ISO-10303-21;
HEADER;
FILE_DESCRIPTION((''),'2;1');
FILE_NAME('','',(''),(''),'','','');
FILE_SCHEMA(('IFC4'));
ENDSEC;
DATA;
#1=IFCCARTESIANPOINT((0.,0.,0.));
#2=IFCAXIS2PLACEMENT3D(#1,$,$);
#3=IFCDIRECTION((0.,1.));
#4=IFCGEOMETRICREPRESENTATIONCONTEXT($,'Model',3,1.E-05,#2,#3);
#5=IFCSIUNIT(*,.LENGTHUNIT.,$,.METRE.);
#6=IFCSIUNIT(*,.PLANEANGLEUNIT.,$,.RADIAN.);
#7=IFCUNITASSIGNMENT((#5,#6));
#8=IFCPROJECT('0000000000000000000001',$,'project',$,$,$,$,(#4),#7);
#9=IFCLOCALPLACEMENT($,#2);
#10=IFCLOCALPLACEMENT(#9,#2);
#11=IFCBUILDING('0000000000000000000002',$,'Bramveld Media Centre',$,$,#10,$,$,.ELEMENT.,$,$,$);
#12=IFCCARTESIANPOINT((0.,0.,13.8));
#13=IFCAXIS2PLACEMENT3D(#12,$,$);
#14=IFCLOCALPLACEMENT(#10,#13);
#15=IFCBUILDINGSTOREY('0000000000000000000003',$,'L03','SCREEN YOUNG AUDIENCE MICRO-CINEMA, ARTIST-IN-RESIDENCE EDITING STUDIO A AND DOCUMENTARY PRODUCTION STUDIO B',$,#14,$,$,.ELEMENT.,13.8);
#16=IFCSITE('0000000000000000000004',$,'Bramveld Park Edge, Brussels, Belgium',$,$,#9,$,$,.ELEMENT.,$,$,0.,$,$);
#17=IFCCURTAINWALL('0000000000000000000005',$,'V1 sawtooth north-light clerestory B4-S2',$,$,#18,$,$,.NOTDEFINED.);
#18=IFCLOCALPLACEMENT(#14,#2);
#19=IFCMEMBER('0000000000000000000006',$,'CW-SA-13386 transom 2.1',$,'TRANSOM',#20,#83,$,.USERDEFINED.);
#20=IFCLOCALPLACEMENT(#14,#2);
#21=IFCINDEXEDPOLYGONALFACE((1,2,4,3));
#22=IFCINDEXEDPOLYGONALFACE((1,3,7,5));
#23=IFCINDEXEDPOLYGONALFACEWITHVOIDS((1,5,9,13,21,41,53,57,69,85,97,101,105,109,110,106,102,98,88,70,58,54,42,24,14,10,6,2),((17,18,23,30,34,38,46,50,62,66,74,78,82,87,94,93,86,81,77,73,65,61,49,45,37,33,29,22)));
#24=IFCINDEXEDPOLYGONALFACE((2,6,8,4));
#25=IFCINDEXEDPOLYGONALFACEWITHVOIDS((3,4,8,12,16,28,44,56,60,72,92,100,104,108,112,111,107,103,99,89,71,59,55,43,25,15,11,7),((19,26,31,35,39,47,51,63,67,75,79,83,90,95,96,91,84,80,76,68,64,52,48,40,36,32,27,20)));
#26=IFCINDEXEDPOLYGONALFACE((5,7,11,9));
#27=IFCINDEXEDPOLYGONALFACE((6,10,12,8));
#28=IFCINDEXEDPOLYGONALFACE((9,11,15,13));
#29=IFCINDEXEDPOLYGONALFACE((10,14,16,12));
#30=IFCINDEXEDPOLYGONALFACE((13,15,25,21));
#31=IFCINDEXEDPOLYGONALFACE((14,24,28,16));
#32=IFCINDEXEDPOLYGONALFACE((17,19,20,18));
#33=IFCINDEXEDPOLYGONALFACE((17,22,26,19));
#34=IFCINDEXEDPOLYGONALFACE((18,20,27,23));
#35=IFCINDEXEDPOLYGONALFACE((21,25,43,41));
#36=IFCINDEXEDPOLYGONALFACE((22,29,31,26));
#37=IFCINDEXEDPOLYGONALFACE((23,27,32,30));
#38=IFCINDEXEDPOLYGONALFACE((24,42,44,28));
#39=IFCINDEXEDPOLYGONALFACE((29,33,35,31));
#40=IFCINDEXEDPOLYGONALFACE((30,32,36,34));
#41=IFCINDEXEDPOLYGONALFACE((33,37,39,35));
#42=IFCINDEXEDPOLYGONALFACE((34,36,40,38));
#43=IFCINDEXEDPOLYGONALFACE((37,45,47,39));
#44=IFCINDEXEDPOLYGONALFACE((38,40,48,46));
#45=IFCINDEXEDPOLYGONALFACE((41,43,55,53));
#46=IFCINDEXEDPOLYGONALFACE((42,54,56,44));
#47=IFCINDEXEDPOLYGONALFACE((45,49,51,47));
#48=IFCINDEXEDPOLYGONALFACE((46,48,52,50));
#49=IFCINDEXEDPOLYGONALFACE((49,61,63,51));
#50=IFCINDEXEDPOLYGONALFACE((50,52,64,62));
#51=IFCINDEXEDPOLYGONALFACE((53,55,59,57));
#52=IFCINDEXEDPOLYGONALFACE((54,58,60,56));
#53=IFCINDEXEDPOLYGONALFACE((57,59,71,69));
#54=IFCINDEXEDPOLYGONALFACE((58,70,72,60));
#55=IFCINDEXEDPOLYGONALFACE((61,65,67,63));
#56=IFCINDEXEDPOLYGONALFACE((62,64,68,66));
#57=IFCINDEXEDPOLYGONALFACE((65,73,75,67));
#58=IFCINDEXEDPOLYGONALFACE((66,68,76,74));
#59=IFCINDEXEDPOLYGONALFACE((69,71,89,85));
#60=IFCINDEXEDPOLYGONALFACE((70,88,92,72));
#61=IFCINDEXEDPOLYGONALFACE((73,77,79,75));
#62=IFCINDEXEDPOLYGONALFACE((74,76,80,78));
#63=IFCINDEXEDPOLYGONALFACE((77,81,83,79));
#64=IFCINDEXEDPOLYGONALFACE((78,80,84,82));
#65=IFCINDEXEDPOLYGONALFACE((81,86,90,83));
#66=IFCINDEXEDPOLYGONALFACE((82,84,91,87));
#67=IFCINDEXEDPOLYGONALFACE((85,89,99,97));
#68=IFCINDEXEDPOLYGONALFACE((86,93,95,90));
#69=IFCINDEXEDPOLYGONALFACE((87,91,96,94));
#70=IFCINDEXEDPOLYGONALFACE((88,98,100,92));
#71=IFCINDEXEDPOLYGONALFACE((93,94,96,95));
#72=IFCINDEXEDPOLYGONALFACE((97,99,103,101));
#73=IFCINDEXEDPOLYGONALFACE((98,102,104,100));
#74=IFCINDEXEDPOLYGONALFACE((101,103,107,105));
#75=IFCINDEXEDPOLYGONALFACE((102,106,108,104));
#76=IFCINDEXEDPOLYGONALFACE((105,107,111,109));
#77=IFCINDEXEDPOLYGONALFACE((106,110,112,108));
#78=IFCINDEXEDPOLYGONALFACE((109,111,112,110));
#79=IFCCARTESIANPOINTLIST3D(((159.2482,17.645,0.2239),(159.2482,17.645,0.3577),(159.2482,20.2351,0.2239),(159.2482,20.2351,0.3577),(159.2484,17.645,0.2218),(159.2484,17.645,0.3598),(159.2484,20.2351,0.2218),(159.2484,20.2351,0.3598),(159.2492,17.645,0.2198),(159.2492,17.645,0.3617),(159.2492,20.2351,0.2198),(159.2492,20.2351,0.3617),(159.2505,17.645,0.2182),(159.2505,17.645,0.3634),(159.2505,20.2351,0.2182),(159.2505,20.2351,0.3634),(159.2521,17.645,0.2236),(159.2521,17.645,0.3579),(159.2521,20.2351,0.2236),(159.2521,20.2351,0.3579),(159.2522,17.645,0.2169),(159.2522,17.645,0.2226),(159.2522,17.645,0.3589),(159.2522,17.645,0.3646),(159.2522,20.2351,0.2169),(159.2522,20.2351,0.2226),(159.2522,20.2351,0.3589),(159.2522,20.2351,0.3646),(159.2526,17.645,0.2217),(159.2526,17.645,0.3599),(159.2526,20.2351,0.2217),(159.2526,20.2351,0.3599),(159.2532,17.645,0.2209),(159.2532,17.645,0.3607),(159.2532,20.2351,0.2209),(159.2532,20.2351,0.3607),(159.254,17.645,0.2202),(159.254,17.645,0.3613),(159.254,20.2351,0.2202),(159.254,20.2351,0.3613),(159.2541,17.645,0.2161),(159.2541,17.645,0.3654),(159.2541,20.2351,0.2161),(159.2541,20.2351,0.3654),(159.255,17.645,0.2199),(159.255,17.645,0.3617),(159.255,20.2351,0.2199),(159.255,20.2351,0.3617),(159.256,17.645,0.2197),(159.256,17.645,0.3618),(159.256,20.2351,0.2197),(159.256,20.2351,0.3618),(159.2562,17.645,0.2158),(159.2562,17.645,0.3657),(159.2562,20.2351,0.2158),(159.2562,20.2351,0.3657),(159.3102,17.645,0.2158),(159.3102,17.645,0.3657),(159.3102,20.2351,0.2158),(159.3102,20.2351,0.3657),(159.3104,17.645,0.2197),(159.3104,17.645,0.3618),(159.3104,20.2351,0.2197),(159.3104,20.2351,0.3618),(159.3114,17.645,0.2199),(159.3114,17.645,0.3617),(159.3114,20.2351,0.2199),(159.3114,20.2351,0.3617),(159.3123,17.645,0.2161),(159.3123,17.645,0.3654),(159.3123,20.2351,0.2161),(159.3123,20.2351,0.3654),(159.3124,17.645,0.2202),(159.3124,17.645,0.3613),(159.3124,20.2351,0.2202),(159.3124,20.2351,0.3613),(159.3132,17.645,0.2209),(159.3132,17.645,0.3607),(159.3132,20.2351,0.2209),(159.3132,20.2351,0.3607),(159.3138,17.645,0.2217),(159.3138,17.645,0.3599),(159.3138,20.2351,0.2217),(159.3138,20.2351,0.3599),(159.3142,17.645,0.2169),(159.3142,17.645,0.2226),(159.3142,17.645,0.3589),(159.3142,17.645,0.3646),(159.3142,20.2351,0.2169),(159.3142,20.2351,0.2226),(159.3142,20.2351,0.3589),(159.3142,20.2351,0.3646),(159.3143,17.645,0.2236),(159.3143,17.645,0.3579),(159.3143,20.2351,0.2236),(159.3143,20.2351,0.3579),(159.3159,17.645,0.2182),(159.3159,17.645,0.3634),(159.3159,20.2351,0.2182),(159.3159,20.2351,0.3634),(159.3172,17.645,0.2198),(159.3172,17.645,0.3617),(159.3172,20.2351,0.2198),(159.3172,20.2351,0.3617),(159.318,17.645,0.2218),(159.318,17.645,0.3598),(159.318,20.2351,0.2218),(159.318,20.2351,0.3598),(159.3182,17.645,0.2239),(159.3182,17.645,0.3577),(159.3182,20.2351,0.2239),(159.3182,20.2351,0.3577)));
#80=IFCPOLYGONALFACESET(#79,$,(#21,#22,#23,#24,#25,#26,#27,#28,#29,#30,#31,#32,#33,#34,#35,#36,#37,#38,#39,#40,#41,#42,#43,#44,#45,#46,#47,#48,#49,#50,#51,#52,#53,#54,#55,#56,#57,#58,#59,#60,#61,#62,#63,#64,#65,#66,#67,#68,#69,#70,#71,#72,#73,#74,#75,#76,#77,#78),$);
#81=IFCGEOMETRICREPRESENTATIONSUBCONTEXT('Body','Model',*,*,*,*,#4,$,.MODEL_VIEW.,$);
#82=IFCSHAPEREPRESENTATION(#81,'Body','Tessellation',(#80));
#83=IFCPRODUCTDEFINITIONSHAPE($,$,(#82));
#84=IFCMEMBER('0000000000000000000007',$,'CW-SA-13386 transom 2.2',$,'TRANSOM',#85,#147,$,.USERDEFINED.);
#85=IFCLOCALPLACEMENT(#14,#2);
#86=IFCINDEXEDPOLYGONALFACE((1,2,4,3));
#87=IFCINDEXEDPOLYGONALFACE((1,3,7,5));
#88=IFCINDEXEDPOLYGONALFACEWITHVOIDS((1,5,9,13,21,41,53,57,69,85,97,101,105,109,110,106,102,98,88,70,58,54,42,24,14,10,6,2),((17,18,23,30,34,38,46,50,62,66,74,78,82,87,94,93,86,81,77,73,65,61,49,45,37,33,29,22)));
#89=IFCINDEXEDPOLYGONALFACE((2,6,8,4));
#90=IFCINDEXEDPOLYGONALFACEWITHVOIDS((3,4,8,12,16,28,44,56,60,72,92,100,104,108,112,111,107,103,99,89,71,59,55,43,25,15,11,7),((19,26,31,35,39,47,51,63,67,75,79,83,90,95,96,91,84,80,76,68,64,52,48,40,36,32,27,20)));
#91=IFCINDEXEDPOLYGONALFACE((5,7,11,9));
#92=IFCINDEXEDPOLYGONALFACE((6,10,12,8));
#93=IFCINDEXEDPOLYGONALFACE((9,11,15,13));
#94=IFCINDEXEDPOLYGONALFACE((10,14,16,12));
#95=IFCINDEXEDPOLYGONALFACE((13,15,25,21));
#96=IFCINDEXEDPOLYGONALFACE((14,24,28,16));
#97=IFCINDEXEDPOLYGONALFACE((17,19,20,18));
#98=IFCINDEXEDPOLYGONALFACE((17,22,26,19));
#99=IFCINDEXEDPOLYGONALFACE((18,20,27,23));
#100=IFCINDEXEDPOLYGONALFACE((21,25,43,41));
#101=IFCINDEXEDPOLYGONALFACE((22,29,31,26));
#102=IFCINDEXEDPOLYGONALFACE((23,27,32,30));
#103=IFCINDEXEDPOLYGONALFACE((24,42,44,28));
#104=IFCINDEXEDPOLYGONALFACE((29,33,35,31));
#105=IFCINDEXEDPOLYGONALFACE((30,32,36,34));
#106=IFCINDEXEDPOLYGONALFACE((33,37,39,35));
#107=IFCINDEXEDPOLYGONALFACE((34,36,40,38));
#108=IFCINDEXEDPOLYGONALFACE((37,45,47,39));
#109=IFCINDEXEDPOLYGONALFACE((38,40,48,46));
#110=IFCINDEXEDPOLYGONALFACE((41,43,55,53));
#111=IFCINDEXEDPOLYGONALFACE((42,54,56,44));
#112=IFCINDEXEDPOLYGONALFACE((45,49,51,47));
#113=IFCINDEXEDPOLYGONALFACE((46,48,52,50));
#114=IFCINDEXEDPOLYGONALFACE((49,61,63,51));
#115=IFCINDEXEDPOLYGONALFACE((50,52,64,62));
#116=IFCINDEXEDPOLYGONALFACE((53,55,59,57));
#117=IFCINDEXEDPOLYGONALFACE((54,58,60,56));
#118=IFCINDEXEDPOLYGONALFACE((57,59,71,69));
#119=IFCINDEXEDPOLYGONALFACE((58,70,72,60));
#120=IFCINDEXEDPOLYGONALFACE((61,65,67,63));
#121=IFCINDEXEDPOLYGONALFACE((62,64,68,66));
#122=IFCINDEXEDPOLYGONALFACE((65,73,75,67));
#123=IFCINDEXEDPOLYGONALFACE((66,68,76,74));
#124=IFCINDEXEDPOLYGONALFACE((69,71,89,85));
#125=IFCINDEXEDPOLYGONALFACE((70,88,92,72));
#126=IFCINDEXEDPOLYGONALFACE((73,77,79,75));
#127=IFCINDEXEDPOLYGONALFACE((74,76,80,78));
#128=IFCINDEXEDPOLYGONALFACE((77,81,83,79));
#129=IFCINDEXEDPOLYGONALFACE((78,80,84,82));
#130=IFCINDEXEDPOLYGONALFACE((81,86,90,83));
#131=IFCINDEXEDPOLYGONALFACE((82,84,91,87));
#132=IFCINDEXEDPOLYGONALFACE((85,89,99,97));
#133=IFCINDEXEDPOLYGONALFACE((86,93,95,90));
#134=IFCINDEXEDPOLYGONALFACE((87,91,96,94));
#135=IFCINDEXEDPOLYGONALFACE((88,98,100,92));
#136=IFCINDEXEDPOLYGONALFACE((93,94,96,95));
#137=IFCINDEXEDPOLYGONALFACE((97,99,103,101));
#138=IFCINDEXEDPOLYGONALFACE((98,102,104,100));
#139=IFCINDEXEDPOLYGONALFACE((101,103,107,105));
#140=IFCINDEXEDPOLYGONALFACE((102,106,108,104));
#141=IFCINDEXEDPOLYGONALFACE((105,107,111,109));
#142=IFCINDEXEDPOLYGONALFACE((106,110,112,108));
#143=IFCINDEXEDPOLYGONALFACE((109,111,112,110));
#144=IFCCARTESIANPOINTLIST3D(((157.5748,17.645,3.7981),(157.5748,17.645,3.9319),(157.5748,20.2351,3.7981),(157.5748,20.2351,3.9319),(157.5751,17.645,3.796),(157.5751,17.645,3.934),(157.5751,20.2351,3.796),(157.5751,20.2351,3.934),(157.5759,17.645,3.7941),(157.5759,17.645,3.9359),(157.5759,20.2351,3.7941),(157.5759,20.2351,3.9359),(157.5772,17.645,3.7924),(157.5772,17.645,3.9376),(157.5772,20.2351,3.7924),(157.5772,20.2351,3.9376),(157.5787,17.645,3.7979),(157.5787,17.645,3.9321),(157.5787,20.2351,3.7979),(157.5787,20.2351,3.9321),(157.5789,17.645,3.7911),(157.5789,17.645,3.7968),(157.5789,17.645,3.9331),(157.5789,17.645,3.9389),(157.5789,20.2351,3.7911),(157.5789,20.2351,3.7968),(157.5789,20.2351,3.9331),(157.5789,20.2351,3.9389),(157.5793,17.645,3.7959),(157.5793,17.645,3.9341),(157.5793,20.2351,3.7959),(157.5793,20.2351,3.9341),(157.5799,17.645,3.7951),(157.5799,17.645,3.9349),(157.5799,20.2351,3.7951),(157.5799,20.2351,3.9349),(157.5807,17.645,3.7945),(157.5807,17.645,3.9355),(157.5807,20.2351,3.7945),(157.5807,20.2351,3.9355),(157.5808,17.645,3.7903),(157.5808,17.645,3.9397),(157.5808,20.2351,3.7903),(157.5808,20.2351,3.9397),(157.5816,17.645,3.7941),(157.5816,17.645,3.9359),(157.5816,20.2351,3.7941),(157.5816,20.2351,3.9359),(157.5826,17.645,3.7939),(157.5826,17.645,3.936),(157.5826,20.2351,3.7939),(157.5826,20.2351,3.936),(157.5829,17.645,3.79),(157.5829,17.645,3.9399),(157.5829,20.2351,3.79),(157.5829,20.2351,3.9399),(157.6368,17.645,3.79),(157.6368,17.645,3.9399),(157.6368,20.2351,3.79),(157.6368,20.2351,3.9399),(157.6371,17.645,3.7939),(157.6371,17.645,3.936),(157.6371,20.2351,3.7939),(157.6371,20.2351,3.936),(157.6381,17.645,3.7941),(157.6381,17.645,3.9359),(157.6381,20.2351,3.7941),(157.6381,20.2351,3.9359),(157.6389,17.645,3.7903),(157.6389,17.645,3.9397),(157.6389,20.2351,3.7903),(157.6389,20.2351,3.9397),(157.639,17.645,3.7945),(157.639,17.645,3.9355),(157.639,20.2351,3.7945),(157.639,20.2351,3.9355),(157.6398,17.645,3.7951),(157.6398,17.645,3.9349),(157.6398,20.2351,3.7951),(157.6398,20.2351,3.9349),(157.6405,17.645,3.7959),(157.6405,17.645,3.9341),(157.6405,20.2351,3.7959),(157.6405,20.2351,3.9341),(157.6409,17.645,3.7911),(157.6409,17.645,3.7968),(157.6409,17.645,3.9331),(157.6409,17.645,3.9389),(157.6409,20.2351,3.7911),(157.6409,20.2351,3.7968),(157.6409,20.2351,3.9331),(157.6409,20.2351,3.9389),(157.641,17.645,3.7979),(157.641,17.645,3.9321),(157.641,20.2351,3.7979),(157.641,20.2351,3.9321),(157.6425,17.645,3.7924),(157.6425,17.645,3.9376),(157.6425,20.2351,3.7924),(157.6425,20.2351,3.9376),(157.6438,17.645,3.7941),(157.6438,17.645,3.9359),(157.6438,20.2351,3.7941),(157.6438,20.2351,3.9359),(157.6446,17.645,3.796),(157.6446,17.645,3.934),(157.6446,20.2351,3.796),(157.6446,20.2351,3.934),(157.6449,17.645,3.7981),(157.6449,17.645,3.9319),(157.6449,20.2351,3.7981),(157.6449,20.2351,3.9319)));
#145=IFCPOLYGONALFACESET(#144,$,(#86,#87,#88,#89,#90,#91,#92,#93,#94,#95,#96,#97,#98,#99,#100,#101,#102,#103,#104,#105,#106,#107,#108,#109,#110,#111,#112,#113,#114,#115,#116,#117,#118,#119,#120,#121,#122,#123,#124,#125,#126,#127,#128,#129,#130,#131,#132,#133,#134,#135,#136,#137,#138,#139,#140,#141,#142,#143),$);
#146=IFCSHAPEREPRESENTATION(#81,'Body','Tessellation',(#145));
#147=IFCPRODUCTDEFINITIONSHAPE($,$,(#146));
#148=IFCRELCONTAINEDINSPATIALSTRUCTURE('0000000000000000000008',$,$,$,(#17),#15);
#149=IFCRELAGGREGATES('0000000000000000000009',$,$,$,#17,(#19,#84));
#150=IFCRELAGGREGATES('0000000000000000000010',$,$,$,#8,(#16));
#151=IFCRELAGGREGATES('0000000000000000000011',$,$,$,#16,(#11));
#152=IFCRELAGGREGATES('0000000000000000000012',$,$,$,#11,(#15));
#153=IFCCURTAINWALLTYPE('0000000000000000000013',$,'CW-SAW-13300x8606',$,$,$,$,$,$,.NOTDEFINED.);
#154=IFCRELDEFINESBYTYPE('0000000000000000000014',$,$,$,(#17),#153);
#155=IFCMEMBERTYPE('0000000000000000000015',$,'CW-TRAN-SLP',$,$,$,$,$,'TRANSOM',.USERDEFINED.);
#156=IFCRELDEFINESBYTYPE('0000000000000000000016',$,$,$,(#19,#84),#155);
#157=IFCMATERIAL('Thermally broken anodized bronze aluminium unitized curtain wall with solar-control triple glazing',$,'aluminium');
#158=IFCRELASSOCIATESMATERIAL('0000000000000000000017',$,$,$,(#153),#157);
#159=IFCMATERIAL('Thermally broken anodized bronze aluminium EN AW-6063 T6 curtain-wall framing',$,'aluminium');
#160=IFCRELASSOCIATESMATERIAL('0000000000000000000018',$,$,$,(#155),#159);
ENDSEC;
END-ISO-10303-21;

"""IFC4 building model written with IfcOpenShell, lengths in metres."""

from ifc_helpers import new_model, si_unit, direction, frame, origin, origin_2d, place, context, subcontext, project, spatial, hollow_rectangle, extrude, material, material_profile, profile_set, type_object, element, aggregate, save


model = new_model("IFC4")

# Units and contexts
model_context = context("Model", 3, precision=1e-05, world=origin(), true_north=direction((0.0, 1.0)))
body_context = subcontext(model_context, "Body", "Model", "MODEL_VIEW")
ifc_project = project(units=[si_unit("LENGTHUNIT", "METRE"), si_unit("PLANEANGLEUNIT", "RADIAN")], contexts=[model_context])

# Site, building, storey
site_placement = place(None, origin())
site = spatial("IfcSite", under=ifc_project, at=site_placement, Name="Bramveld Park Edge, Brussels, Belgium", CompositionType="ELEMENT", RefElevation=0.0)
building_placement = place(site_placement, origin())
building = spatial("IfcBuilding", under=site, at=building_placement, Name="Bramveld Media Centre", CompositionType="ELEMENT")
storey_placement = place(building_placement, frame((0.0, 0.0, 13.8)))
storey = spatial("IfcBuildingStorey", under=building, at=storey_placement, Name="L03", Description="SCREEN YOUNG AUDIENCE MICRO-CINEMA, ARTIST-IN-RESIDENCE EDITING STUDIO A AND DOCUMENTARY PRODUCTION STUDIO B", CompositionType="ELEMENT", Elevation=13.8)

# Curtain wall
ifc_material_1 = material(Name="Thermally broken anodized bronze aluminium unitized curtain wall with solar-control triple glazing", Category="aluminium")
curtain_wall_type = type_object("IfcCurtainWallType", Name="CW-SAW-13300x8606", PredefinedType="NOTDEFINED", material=ifc_material_1)
curtain_wall_1_placement = place(storey_placement, origin())
curtain_wall_1 = element("IfcCurtainWall", 1, at=curtain_wall_1_placement, inside=storey, type_object=curtain_wall_type, Name="V1 sawtooth north-light clerestory B4-S2", PredefinedType="NOTDEFINED")

# Members
ifc_material_2 = material(Name="Thermally broken anodized bronze aluminium EN AW-6063 T6 curtain-wall framing", Category="aluminium")
ifc_material_profile_1 = material_profile(ifc_material_2, hollow_rectangle(XDim=0.0701, YDim=0.1499, WallThickness=0.0039, InnerFilletRadius=0.0039, OuterFilletRadius=0.0081, at=origin_2d()), Name="AL-TRAN 70x150")
ifc_profile_set_1 = profile_set([ifc_material_profile_1], Name="Thermally broken anodized bronze aluminium EN AW-6063 T6 curtain-wall framing")
member_type_1 = type_object("IfcMemberType", Name="CW-TRAN-SLP", ElementType="TRANSOM", PredefinedType="USERDEFINED", material=ifc_profile_set_1)
member_1_placement = place(storey_placement, frame((159.2832, 17.645, 0.2908), z_axis=(0.0, 1.0, 0.0), x_axis=(-1.0, 0.0, 0.0)))
member_1 = element("IfcMember", 2, at=member_1_placement, type_object=member_type_1, Name="CW-SA-13386 transom 2.1", ObjectType="TRANSOM", PredefinedType="USERDEFINED", context=body_context, shape_type="SweptSolid", body=[
    extrude(hollow_rectangle(XDim=0.0701, YDim=0.1499, WallThickness=0.0039, InnerFilletRadius=0.0039, OuterFilletRadius=0.0081, at=origin_2d()), origin(), (0.0, 0.0, 1.0), 2.5901),
])
member_2_placement = place(storey_placement, frame((157.6099, 17.645, 3.865), z_axis=(0.0, 1.0, 0.0), x_axis=(-1.0, 0.0, 0.0)))
member_2 = element("IfcMember", 3, at=member_2_placement, type_object=member_type_1, Name="CW-SA-13386 transom 2.2", ObjectType="TRANSOM", PredefinedType="USERDEFINED", context=body_context, shape_type="SweptSolid", body=[
    extrude(hollow_rectangle(XDim=0.0701, YDim=0.1499, WallThickness=0.0039, InnerFilletRadius=0.0039, OuterFilletRadius=0.0081, at=origin_2d()), origin(), (0.0, 0.0, 1.0), 2.5901),
])

aggregate(curtain_wall_1, [member_1, member_2])

save(model, "model.ifc")
